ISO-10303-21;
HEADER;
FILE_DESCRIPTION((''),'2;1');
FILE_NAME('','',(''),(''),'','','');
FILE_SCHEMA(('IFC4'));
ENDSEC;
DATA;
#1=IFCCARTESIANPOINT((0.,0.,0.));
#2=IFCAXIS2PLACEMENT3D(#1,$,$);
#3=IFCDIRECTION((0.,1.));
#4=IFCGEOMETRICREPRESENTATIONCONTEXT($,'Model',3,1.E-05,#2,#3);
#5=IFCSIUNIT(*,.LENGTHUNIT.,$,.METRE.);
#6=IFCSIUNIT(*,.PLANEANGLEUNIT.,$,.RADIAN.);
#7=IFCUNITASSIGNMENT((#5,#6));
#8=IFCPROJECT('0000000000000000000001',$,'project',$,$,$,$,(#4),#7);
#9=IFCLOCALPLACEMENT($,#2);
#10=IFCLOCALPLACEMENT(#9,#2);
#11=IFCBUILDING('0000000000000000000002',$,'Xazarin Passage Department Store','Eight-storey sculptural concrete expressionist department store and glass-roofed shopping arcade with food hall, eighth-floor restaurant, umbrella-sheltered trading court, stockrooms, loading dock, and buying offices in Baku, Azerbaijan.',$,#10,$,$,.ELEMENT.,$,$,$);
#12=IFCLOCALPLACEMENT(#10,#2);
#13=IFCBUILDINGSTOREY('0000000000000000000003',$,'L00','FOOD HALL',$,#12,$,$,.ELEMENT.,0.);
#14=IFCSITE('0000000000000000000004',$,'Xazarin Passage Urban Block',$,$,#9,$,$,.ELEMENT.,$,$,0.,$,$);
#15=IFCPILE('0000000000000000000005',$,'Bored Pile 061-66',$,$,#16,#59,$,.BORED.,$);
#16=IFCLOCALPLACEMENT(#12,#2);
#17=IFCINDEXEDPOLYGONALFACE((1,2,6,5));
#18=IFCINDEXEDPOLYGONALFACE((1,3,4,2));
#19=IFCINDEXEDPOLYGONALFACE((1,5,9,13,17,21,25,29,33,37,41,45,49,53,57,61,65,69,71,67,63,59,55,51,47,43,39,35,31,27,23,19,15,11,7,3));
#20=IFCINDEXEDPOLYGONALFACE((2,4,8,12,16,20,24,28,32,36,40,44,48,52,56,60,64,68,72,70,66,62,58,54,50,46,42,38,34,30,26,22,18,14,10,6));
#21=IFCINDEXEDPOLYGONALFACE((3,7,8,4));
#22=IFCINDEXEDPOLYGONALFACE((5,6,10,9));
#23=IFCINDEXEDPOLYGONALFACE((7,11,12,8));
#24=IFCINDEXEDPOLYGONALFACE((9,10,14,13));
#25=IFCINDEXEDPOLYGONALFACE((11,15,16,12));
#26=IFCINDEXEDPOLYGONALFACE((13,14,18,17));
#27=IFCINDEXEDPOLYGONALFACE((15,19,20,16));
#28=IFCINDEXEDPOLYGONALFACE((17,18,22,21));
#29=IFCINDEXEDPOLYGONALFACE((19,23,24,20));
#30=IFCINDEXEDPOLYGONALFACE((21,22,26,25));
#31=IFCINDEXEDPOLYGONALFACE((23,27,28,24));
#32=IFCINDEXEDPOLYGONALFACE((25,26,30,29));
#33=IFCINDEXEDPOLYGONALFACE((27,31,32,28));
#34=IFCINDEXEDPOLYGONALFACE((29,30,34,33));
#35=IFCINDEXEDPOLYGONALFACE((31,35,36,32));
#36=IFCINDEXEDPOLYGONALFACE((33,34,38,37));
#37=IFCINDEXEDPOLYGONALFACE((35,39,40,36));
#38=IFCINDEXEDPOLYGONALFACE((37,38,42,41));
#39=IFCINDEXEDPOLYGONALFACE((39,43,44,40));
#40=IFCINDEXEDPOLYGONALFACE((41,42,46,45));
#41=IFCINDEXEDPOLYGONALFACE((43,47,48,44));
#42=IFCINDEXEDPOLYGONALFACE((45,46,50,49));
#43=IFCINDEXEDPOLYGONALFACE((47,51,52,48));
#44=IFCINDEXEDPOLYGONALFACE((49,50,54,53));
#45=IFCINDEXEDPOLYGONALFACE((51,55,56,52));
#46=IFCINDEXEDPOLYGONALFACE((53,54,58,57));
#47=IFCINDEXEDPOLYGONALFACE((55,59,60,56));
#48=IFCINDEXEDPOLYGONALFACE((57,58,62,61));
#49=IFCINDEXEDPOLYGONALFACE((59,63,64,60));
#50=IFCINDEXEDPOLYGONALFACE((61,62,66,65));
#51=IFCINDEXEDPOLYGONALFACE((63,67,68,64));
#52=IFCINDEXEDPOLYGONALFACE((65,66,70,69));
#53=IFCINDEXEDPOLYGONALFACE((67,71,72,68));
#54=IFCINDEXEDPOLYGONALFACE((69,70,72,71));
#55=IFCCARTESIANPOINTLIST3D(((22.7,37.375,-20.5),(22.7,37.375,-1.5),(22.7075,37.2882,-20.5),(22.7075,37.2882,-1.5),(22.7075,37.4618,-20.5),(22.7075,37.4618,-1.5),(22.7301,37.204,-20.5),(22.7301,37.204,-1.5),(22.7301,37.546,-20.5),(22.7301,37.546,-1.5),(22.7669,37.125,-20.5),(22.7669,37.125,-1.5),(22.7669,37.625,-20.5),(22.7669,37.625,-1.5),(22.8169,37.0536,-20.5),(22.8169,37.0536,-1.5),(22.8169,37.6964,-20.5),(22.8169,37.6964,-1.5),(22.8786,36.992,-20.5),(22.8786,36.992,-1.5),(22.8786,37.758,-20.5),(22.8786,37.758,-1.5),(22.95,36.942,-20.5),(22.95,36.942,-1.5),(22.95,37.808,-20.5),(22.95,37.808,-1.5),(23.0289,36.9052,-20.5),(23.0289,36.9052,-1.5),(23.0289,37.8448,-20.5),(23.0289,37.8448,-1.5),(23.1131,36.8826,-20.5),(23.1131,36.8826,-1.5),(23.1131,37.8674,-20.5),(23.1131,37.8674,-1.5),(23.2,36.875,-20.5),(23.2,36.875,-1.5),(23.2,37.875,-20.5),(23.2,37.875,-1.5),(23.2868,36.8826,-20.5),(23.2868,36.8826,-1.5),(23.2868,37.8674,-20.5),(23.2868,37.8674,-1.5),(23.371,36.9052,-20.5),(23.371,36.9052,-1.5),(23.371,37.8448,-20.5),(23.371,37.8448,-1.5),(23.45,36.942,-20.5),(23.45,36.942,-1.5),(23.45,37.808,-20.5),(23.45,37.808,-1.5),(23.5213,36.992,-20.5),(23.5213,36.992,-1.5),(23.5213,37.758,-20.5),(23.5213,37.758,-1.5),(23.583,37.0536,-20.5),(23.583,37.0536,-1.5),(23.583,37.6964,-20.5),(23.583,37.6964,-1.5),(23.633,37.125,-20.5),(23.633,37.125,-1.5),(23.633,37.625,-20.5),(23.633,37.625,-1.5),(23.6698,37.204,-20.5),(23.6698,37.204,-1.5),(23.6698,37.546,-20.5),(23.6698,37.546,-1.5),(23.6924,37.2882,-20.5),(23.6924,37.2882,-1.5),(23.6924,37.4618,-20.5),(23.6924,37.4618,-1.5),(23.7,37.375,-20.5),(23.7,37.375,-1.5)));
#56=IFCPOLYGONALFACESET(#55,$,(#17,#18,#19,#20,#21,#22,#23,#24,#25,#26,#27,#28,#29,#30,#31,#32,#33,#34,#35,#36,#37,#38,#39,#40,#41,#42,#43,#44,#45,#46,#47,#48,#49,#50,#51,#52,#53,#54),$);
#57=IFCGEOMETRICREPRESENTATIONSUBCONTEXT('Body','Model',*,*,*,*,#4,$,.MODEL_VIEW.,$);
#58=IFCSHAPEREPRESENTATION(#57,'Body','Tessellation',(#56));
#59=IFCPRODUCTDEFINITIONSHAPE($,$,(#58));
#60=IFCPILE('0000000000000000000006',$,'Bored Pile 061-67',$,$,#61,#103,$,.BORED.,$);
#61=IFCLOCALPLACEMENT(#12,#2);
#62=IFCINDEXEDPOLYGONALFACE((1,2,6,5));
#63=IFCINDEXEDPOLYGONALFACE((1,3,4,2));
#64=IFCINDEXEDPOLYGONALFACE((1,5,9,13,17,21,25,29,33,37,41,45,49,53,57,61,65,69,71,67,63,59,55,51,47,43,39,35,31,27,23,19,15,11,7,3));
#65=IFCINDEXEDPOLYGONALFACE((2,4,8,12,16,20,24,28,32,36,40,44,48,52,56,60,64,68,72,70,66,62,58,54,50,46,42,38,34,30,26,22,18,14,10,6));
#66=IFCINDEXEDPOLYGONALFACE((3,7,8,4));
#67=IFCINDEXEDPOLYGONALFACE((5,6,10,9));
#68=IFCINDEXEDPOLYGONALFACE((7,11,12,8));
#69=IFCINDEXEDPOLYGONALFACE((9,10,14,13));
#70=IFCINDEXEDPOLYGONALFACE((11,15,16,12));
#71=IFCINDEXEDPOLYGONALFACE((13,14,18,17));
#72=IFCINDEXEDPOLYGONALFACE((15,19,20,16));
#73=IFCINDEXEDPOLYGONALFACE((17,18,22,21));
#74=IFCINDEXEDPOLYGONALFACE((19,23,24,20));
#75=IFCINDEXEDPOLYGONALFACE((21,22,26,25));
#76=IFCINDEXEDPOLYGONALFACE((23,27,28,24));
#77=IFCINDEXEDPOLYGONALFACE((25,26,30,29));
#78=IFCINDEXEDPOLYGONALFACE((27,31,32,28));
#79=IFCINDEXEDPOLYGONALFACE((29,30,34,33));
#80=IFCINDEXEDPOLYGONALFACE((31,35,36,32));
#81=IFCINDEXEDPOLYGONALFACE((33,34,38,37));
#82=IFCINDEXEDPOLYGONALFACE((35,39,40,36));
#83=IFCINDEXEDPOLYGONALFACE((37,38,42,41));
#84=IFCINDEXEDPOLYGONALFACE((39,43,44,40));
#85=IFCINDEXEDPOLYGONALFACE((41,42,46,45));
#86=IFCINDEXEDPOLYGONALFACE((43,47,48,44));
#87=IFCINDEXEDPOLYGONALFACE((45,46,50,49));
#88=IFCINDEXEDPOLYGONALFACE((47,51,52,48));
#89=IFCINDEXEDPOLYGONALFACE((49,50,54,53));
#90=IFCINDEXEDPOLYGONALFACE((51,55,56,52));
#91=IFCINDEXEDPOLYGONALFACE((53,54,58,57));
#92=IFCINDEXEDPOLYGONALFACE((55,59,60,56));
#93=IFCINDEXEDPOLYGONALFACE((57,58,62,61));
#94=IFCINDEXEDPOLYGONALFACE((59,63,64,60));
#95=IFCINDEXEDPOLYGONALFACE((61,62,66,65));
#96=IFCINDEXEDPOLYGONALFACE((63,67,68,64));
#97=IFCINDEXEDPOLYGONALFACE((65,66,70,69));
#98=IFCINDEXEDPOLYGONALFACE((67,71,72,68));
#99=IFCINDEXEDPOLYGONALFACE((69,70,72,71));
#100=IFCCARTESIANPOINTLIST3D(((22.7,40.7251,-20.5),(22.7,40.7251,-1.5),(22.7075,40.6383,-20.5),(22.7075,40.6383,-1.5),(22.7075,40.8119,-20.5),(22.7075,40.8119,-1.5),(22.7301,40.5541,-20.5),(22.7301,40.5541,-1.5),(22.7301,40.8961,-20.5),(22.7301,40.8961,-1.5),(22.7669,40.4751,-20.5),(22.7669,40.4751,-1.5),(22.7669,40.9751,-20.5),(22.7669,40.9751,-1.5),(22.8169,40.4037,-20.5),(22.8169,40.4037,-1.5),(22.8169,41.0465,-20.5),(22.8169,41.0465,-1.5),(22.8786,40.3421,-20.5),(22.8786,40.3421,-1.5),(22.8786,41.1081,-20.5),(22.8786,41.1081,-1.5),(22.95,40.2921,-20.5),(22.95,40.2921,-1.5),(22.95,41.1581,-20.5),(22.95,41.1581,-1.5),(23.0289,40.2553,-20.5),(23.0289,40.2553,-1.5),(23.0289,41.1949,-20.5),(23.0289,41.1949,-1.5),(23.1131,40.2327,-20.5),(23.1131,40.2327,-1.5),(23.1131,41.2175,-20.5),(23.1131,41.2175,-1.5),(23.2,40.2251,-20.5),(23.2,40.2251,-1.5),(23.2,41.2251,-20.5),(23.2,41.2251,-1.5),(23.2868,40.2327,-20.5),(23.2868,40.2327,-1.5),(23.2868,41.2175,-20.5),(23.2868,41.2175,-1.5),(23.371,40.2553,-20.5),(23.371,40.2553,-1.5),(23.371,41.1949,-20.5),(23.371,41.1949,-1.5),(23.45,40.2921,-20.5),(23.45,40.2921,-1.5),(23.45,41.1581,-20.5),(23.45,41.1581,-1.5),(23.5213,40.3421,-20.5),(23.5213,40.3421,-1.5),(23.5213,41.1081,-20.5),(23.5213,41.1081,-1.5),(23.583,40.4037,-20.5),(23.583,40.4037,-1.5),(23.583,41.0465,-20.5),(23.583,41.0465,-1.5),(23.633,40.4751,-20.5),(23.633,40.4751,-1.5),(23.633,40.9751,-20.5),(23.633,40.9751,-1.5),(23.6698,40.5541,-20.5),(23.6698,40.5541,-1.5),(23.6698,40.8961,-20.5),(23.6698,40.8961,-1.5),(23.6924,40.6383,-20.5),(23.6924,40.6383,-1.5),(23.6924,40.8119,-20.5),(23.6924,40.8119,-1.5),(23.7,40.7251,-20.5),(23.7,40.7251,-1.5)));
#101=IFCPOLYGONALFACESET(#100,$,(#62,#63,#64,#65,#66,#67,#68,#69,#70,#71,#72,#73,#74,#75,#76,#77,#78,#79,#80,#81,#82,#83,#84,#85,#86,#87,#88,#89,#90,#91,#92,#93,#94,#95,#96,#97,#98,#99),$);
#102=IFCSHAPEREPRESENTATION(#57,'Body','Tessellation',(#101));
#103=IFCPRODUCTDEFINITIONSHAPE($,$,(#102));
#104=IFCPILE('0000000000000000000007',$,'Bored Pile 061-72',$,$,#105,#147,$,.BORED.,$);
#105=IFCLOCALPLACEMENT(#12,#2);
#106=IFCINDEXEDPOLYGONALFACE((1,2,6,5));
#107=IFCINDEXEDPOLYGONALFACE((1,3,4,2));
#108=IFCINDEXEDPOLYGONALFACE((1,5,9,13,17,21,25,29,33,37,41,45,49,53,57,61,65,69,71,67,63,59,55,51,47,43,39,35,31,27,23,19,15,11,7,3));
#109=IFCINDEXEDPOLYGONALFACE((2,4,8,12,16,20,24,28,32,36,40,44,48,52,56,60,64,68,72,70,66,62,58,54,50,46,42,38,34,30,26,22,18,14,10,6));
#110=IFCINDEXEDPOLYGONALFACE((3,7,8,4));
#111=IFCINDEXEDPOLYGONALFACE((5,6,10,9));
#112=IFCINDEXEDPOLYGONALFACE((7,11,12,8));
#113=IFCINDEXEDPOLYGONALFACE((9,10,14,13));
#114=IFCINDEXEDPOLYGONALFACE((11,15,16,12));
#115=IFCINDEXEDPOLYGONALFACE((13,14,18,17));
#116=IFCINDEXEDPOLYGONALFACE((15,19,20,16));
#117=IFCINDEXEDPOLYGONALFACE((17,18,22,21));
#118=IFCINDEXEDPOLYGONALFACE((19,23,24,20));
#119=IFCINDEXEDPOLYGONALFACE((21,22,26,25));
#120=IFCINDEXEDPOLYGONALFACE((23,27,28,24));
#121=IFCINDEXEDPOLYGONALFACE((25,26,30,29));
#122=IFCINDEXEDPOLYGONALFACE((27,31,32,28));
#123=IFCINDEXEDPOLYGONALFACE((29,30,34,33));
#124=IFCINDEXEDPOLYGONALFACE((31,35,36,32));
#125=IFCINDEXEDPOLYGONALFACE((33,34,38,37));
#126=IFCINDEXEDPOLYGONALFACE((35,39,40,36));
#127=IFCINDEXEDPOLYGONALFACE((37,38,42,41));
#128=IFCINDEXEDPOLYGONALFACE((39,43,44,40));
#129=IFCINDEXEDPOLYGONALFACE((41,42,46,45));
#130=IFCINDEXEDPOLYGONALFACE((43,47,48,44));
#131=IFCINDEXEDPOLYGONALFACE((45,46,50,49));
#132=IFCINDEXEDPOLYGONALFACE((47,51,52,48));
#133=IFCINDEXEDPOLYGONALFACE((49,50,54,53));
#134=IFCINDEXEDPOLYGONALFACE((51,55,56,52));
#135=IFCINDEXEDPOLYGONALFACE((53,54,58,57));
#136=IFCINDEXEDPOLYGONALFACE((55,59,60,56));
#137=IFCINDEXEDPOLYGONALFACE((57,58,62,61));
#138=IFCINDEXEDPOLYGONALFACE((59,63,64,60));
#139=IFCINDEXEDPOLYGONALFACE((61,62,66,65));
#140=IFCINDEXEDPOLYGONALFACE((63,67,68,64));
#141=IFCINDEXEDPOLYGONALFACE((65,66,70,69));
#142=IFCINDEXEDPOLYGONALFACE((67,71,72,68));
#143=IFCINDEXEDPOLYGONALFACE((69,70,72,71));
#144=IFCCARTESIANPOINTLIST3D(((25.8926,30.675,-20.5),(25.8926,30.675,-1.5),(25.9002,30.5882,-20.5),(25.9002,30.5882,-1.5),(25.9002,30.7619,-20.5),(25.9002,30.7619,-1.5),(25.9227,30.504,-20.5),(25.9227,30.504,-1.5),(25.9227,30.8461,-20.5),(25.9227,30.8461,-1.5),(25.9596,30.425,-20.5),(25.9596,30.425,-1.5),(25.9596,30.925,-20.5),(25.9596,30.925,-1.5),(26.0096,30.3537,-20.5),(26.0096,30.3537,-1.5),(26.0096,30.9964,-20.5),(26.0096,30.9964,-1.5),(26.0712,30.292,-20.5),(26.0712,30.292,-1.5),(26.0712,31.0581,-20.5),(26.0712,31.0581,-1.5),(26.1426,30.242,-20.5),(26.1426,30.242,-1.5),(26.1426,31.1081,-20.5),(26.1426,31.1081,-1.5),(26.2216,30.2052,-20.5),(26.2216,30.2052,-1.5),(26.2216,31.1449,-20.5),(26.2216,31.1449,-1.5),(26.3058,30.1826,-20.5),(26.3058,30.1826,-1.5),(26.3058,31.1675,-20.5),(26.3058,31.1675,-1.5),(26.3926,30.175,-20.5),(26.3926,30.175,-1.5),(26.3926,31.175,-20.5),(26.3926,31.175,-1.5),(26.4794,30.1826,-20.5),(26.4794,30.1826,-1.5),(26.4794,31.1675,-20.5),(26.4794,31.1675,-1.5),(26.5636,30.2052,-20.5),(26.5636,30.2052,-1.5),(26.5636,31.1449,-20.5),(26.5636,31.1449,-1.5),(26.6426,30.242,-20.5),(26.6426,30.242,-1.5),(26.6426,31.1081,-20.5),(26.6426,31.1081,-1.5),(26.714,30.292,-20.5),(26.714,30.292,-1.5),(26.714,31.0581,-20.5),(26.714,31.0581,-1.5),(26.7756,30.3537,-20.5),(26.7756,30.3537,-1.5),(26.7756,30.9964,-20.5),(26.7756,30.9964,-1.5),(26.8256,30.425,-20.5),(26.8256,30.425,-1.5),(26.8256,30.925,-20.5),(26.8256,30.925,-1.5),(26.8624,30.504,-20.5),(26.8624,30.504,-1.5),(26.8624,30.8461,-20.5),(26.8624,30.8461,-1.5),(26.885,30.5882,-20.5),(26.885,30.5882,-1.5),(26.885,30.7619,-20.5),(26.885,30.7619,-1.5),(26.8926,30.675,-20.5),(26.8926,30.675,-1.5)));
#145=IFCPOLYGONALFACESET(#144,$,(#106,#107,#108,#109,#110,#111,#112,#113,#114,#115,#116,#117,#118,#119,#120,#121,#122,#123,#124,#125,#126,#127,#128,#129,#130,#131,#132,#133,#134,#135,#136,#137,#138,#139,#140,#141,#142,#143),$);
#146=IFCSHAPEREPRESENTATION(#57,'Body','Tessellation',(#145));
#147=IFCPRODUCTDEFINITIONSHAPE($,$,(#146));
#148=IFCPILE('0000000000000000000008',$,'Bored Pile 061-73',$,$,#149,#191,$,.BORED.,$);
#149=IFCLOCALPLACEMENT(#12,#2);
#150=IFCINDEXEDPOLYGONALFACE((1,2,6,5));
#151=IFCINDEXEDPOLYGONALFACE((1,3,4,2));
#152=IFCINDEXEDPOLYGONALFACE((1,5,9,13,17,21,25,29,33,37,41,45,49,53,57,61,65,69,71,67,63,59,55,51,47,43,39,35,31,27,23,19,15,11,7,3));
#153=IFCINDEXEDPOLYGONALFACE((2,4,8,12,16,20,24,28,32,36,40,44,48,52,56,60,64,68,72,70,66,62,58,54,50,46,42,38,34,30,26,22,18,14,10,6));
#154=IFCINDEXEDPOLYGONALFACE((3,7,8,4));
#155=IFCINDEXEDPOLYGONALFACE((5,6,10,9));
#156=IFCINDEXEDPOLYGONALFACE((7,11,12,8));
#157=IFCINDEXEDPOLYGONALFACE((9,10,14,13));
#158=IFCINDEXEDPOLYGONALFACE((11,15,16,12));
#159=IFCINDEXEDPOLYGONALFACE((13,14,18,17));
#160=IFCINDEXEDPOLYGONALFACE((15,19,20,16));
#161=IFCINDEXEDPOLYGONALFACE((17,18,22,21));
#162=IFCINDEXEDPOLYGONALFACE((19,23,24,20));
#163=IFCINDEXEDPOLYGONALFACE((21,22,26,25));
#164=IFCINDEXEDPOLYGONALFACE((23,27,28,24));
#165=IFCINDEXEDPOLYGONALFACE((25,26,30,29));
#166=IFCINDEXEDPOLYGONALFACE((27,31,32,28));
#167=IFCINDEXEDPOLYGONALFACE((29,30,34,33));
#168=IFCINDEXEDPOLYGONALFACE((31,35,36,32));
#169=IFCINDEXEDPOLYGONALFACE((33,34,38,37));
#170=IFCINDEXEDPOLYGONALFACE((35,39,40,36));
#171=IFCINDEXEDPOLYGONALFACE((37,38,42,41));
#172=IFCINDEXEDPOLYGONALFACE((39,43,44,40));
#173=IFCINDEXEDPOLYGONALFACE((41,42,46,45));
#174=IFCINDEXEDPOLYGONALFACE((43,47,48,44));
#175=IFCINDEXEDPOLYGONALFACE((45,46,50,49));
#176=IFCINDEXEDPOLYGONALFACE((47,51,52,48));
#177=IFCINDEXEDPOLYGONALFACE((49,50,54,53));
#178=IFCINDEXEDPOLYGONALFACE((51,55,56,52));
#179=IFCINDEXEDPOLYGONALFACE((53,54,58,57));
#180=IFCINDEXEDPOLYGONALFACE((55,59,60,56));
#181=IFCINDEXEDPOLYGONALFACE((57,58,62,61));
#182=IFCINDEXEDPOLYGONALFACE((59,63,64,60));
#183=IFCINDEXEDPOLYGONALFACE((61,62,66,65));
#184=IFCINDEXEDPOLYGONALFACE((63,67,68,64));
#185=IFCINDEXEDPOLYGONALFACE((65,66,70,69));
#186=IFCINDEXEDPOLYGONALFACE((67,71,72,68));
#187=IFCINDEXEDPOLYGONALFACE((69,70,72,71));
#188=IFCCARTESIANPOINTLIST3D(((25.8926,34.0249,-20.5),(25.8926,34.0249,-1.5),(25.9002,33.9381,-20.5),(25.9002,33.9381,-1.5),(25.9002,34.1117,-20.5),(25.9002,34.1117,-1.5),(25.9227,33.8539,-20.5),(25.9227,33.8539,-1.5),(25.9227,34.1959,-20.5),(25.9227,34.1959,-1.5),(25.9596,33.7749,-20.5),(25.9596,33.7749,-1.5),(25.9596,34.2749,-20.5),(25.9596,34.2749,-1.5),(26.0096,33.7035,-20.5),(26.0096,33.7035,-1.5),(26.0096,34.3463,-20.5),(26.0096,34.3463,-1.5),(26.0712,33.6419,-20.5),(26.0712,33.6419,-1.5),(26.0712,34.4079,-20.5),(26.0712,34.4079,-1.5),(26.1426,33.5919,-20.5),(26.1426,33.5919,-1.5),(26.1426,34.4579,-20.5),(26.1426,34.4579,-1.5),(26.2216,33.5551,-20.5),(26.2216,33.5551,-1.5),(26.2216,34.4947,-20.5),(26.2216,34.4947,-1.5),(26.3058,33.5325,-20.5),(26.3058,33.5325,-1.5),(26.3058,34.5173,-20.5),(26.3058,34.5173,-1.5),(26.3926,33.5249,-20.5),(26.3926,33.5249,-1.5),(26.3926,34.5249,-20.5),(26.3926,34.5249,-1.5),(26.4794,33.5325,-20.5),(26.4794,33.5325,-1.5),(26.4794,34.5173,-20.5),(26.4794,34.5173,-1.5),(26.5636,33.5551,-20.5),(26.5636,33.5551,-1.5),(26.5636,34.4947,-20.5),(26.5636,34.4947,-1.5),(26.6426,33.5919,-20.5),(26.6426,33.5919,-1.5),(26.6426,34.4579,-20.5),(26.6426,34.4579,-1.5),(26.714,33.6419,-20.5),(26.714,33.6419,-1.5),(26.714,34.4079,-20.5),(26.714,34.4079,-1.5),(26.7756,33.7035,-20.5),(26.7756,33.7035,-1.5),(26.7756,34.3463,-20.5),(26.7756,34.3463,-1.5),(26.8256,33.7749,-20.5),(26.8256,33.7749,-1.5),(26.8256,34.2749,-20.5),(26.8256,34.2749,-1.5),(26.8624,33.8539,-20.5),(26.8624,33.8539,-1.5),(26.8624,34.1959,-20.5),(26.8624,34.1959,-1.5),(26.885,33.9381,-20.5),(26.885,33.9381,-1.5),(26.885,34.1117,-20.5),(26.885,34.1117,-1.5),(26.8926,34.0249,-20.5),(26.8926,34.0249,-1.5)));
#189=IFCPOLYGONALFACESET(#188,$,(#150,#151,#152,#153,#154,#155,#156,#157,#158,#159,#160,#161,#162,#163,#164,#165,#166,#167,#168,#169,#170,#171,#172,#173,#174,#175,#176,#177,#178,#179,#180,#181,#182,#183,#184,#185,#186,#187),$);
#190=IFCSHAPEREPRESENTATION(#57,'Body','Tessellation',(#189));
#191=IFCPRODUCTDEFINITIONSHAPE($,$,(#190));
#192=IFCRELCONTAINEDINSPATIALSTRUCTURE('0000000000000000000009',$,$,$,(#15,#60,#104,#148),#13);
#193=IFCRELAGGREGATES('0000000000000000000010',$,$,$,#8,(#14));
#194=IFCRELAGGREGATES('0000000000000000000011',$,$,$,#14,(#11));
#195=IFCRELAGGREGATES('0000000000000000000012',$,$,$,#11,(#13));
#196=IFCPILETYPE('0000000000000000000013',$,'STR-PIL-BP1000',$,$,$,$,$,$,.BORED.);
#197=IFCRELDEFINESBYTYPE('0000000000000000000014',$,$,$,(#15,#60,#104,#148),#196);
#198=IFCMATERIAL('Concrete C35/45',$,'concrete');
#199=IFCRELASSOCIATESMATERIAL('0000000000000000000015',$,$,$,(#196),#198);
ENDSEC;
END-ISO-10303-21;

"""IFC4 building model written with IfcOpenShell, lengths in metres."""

from ifc_helpers import new_model, si_unit, direction, frame, origin, origin_2d, place, context, subcontext, project, spatial, circle, extrude, material, material_profile, profile_set, type_object, element, save


model = new_model("IFC4")

# Units and contexts
model_context = context("Model", 3, precision=1e-05, world=origin(), true_north=direction((0.0, 1.0)))
body_context = subcontext(model_context, "Body", "Model", "MODEL_VIEW")
ifc_project = project(units=[si_unit("LENGTHUNIT", "METRE"), si_unit("PLANEANGLEUNIT", "RADIAN")], contexts=[model_context])

# Site, building, storey
site_placement = place(None, origin())
site = spatial("IfcSite", under=ifc_project, at=site_placement, Name="Xazarin Passage Urban Block", CompositionType="ELEMENT", RefElevation=0.0)
building_placement = place(site_placement, origin())
building = spatial("IfcBuilding", under=site, at=building_placement, Name="Xazarin Passage Department Store", Description="Eight-storey sculptural concrete expressionist department store and glass-roofed shopping arcade with food hall, eighth-floor restaurant, umbrella-sheltered trading court, stockrooms, loading dock, and buying offices in Baku, Azerbaijan.", CompositionType="ELEMENT")
storey_placement = place(building_placement, origin())
storey = spatial("IfcBuildingStorey", under=building, at=storey_placement, Name="L00", Description="FOOD HALL", CompositionType="ELEMENT", Elevation=0.0)

# Shared definitions
ifc_material_1 = material(Name="Concrete C35/45", Category="concrete")

# Piles
ifc_material_profile_1 = material_profile(ifc_material_1, circle(Radius=0.5, at=origin_2d()), Name="BP 1000")
ifc_profile_set_1 = profile_set([ifc_material_profile_1], Name="Concrete C35/45")
pile_type_1 = type_object("IfcPileType", Name="STR-PIL-BP1000", PredefinedType="BORED", material=ifc_profile_set_1)
for number, where, z_axis, x_axis, name in (
    (1, (23.2, 37.375, -1.5), (0.0, 0.0, -1.0), (1.0, 0.0, 0.0), "Bored Pile 061-66"),
    (2, (23.2, 40.7251, -1.5), (0.0, 0.0, -1.0), (1.0, 0.0, 0.0), "Bored Pile 061-67"),
    (3, (26.3926, 30.675, -1.5), (0.0, 0.0, -1.0), (1.0, 0.0, 0.0), "Bored Pile 061-72"),
    (4, (26.3926, 34.0249, -1.5), (0.0, 0.0, -1.0), (1.0, 0.0, 0.0), "Bored Pile 061-73"),
):
    element("IfcPile", number, at=place(storey_placement, frame(where, z_axis=z_axis, x_axis=x_axis)), inside=storey, type_object=pile_type_1, Name=name, PredefinedType="BORED", context=body_context, shape_type="SweptSolid", body=[
        extrude(circle(Radius=0.5, at=origin_2d()), origin(), (0.0, 0.0, 1.0), 19.0),
    ])

save(model, "model.ifc")
